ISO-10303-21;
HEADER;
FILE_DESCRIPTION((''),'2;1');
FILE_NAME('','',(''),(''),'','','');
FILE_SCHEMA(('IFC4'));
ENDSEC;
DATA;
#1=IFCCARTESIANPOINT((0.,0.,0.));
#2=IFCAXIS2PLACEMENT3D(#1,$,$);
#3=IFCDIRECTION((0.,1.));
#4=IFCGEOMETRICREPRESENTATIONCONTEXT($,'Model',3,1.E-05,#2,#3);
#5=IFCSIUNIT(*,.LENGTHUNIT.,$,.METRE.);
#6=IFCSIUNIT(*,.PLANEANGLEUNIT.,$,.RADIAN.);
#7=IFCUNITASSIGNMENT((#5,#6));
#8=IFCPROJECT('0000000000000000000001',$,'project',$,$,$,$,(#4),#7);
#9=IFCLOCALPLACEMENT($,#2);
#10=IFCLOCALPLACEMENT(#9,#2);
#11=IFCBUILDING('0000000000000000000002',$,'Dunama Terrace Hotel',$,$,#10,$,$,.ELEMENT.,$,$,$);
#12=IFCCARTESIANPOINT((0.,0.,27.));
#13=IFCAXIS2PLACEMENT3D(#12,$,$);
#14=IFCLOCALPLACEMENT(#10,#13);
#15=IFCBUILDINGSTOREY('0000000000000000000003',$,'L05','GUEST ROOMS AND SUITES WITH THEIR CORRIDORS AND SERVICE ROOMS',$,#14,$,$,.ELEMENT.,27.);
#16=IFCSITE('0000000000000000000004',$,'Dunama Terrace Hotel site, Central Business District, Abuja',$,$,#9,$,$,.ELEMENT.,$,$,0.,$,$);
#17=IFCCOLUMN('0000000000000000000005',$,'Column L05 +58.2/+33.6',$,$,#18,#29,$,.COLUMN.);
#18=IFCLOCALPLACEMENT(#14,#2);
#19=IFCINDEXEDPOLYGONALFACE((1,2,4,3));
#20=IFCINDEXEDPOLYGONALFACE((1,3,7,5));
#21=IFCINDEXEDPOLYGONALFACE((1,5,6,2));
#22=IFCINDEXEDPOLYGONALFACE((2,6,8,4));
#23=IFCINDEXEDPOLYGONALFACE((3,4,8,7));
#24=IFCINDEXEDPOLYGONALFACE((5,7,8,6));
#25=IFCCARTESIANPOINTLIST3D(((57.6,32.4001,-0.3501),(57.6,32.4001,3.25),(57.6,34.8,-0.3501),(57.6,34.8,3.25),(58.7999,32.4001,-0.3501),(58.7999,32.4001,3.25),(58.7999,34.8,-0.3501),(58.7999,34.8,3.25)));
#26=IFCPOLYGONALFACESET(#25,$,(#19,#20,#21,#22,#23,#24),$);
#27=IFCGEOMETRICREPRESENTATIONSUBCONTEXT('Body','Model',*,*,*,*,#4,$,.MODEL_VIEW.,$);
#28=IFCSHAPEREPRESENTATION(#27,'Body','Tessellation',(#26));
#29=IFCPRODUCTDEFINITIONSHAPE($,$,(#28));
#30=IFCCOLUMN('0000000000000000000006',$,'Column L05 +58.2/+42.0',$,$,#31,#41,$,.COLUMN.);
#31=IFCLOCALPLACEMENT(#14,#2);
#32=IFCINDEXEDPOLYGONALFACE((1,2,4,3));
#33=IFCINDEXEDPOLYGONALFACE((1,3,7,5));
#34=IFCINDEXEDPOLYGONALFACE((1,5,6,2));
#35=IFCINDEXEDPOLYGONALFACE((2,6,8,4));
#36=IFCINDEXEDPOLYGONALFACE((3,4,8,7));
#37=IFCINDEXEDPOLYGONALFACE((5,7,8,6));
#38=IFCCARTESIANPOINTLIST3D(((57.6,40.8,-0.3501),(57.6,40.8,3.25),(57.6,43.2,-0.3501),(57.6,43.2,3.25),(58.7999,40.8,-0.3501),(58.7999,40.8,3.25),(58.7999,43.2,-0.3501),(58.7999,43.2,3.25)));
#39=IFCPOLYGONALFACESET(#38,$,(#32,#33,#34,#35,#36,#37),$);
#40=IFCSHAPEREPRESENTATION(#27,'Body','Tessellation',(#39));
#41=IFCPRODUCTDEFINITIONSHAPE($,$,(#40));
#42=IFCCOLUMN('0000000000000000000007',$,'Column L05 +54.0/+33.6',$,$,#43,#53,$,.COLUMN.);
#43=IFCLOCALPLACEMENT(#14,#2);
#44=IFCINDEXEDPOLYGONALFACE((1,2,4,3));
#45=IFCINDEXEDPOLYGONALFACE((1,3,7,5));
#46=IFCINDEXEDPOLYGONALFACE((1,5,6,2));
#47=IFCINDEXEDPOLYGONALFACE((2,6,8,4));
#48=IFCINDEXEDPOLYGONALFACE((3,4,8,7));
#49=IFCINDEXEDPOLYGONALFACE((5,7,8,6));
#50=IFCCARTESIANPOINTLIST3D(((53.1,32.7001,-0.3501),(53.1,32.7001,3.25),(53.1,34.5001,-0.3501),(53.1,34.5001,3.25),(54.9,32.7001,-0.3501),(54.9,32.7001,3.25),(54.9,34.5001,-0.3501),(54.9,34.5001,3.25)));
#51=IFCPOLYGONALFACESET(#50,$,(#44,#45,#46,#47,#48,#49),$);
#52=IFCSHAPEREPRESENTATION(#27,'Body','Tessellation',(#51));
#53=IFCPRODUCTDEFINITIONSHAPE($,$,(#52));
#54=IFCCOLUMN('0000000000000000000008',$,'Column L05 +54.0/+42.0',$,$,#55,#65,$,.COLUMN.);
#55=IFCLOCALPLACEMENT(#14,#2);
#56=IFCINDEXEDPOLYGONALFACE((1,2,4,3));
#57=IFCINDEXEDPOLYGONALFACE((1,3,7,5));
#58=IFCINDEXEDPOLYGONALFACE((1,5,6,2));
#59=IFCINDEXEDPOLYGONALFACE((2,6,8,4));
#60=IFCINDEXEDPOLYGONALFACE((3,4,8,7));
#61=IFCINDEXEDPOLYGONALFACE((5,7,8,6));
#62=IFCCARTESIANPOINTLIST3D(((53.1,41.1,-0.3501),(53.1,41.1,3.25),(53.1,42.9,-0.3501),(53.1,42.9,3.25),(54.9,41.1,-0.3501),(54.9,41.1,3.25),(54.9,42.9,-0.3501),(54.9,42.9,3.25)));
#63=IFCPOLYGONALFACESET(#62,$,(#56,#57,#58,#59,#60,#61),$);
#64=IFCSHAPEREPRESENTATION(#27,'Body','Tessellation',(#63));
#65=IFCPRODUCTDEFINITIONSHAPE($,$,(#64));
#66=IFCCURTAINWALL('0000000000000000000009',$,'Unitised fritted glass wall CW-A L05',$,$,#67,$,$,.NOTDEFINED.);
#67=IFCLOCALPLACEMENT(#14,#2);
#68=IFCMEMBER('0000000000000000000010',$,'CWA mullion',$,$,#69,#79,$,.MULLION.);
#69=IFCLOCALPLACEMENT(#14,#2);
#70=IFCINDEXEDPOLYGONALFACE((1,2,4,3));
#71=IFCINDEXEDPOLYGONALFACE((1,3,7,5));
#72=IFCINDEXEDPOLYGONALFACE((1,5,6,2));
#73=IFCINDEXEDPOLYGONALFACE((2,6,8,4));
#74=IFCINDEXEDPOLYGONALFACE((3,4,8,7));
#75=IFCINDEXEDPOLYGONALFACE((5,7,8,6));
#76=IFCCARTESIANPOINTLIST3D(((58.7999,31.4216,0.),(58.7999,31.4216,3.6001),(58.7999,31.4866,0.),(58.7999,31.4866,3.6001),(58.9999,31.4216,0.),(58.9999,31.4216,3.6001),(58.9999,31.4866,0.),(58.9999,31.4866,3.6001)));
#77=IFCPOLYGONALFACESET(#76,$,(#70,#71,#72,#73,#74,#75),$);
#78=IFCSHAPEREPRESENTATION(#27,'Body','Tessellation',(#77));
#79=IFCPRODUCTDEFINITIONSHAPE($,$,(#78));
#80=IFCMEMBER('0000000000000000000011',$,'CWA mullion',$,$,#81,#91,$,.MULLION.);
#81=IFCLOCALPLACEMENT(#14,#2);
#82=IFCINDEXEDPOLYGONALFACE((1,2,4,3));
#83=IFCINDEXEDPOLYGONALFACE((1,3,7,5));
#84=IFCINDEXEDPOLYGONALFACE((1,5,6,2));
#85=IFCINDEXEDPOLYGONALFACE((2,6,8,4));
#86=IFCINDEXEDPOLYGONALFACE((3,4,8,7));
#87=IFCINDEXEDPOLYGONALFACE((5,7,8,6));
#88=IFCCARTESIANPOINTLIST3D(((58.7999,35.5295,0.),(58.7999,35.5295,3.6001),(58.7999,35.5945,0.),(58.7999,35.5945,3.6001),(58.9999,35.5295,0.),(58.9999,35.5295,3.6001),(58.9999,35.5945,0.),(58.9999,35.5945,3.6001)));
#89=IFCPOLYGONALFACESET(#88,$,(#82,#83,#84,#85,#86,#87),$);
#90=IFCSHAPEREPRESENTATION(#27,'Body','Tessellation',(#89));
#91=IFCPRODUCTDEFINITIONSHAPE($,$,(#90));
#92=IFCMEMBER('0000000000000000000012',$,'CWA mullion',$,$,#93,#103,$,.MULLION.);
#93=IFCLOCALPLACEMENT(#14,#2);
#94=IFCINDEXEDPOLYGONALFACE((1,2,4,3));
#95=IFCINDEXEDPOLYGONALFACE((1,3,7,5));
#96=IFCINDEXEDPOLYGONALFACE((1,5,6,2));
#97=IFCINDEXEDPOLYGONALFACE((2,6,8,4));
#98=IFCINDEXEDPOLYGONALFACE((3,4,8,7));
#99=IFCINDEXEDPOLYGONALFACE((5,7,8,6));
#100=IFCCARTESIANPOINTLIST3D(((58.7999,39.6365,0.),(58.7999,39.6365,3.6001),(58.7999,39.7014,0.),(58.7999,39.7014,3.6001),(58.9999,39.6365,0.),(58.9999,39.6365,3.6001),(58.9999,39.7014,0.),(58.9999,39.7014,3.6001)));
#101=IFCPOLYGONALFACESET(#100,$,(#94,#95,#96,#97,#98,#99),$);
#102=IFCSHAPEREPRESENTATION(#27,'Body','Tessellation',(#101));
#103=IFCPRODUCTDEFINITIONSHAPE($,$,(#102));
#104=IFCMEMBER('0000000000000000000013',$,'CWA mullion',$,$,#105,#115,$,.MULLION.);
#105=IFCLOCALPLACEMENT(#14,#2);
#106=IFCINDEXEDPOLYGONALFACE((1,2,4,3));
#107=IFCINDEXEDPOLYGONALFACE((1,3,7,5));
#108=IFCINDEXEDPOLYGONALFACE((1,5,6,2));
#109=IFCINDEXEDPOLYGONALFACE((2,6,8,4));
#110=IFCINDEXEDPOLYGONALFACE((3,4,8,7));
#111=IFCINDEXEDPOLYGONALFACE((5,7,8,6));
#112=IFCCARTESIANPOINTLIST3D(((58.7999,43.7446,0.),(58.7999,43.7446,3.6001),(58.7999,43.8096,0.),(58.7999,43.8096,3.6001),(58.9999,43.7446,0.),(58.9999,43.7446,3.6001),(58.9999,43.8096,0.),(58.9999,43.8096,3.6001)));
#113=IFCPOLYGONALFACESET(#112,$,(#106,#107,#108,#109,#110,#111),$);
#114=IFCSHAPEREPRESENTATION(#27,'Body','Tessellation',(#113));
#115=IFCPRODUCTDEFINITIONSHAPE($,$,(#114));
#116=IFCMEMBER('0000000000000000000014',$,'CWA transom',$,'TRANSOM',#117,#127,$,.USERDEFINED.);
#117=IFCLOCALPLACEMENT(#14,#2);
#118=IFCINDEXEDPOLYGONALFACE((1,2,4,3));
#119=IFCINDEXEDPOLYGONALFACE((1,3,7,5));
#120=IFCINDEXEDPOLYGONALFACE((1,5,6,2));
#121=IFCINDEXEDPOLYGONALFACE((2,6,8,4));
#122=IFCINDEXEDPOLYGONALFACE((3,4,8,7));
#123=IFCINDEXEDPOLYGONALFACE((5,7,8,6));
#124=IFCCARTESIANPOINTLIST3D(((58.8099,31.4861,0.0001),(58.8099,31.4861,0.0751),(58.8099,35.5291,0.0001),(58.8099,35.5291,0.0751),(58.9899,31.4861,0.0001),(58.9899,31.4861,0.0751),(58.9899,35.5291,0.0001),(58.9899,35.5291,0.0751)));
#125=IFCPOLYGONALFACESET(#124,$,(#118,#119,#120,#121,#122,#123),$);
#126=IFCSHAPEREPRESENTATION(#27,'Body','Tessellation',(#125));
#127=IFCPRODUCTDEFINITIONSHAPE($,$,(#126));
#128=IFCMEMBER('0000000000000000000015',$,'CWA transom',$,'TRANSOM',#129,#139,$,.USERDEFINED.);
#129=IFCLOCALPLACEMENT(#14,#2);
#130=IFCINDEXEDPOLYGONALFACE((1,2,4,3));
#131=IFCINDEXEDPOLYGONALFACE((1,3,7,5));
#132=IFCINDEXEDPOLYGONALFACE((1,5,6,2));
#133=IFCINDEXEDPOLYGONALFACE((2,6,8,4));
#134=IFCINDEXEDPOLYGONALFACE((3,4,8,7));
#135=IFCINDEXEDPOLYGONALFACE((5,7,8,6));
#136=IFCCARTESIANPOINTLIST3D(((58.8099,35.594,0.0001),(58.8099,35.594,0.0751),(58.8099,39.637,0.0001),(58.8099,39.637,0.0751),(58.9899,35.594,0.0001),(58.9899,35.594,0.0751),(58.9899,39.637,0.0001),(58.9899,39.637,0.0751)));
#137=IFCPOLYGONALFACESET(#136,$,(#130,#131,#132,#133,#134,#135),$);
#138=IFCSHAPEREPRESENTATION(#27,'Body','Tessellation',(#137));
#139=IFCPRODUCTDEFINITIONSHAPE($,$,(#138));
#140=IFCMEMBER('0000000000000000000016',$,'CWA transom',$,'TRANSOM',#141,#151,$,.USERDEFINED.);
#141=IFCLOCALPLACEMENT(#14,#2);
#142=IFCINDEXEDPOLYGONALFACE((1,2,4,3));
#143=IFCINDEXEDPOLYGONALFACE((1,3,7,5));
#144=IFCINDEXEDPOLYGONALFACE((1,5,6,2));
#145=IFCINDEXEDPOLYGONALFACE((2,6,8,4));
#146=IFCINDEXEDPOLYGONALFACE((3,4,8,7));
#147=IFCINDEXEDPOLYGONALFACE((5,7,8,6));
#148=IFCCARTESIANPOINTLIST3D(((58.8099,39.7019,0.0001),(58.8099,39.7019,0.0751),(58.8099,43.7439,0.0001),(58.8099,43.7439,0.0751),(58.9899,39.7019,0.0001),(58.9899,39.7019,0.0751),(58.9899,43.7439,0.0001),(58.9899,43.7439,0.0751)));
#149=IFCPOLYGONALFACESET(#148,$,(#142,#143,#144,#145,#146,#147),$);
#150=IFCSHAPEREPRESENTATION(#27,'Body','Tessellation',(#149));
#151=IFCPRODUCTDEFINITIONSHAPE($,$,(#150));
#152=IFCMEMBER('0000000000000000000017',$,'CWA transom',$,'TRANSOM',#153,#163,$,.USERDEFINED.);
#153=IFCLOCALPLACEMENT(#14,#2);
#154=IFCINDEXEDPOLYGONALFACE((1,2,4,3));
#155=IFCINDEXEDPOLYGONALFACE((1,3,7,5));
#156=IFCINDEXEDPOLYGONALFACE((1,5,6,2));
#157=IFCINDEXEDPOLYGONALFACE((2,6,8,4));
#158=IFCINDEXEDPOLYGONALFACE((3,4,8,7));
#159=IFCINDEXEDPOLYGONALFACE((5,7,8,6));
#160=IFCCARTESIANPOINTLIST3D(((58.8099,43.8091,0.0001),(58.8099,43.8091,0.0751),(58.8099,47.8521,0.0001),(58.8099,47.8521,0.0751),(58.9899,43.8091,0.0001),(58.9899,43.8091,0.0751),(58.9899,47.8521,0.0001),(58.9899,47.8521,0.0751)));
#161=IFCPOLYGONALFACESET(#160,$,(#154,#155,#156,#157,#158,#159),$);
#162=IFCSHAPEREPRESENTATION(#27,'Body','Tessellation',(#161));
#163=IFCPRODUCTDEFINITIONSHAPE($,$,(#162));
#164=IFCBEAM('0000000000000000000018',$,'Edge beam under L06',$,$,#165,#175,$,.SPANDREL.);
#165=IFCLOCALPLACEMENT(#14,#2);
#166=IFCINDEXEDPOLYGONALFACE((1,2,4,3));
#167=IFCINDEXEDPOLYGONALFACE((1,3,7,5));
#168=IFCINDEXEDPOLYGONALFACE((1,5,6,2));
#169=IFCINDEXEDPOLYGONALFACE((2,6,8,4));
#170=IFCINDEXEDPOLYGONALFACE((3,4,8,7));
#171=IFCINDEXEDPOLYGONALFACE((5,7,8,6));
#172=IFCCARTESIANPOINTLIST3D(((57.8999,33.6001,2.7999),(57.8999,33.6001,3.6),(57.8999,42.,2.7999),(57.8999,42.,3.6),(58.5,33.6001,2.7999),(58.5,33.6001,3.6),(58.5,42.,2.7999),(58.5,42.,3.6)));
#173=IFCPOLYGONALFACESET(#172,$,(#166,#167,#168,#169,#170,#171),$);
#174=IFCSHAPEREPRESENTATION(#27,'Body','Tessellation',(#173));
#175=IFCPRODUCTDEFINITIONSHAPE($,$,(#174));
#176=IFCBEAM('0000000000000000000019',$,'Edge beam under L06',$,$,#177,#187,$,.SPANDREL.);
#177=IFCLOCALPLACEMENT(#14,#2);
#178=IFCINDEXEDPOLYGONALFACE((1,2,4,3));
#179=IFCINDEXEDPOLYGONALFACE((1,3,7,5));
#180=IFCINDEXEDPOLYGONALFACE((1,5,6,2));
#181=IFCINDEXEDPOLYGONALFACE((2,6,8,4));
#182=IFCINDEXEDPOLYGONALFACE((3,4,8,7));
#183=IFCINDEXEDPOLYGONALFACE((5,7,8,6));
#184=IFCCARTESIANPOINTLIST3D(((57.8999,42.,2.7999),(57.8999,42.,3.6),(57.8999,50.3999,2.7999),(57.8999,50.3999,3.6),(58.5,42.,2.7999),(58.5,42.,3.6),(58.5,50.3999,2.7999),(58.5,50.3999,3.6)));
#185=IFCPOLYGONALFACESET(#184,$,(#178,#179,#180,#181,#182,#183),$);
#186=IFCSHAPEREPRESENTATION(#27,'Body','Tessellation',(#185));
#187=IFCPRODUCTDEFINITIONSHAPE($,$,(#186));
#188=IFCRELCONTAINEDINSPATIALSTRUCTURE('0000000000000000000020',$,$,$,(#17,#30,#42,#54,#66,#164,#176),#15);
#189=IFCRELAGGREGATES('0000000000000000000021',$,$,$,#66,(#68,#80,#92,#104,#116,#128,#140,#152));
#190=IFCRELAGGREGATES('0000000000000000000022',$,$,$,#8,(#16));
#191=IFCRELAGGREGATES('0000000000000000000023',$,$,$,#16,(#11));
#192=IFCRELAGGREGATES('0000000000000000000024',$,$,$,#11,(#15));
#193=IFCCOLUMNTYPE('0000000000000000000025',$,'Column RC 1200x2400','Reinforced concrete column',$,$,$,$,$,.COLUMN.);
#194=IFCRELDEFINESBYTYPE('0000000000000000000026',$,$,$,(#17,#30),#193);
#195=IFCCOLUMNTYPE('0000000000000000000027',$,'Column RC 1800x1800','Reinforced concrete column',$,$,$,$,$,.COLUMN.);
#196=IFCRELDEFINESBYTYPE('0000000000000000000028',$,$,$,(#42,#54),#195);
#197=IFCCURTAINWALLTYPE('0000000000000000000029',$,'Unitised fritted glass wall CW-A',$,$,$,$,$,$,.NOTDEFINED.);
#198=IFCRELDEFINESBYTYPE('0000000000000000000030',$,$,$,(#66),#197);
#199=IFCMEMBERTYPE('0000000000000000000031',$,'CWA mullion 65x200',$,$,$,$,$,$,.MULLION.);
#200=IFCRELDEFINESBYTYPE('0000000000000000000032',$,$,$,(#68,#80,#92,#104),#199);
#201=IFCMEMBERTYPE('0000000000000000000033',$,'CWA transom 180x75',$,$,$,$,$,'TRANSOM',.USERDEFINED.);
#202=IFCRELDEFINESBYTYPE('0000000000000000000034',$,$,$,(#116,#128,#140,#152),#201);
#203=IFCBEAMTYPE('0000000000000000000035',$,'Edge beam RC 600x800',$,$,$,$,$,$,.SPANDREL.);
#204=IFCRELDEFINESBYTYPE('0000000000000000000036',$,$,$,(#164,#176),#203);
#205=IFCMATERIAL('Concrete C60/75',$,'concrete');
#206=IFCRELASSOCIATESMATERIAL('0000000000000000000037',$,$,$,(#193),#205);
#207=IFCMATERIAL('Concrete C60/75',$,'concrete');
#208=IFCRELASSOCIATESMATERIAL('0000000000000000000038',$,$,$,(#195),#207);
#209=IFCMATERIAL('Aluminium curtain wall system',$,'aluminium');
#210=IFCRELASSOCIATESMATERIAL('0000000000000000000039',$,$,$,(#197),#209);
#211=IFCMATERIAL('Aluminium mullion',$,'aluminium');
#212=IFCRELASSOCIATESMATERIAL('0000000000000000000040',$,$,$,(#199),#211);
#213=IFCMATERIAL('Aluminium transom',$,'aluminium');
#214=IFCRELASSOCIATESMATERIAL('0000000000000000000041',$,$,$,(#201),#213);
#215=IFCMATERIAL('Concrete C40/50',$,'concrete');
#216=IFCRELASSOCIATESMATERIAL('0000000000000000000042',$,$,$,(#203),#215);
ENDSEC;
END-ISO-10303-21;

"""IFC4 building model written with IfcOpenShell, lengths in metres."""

from ifc_helpers import new_model, si_unit, direction, frame, origin, origin_2d, place, context, subcontext, project, spatial, rectangle, extrude, material, material_profile, profile_set, type_object, element, aggregate, save


model = new_model("IFC4")

# Units and contexts
model_context = context("Model", 3, precision=1e-05, world=origin(), true_north=direction((0.0, 1.0)))
body_context = subcontext(model_context, "Body", "Model", "MODEL_VIEW")
ifc_project = project(units=[si_unit("LENGTHUNIT", "METRE"), si_unit("PLANEANGLEUNIT", "RADIAN")], contexts=[model_context])

# Site, building, storey
site_placement = place(None, origin())
site = spatial("IfcSite", under=ifc_project, at=site_placement, Name="Dunama Terrace Hotel site, Central Business District, Abuja", CompositionType="ELEMENT", RefElevation=0.0)
building_placement = place(site_placement, origin())
building = spatial("IfcBuilding", under=site, at=building_placement, Name="Dunama Terrace Hotel", CompositionType="ELEMENT")
storey_placement = place(building_placement, frame((0.0, 0.0, 27.0)))
storey = spatial("IfcBuildingStorey", under=building, at=storey_placement, Name="L05", Description="GUEST ROOMS AND SUITES WITH THEIR CORRIDORS AND SERVICE ROOMS", CompositionType="ELEMENT", Elevation=27.0)

# Columns
ifc_material_1 = material(Name="Concrete C60/75", Category="concrete")
ifc_material_profile_1 = material_profile(ifc_material_1, rectangle(XDim=1.2, YDim=2.3999, at=origin_2d()), Name="RC 1200x2400")
ifc_profile_set_1 = profile_set([ifc_material_profile_1], Name="Concrete C60/75")
column_type_1 = type_object("IfcColumnType", Name="Column RC 1200x2400", Description="Reinforced concrete column", PredefinedType="COLUMN", material=ifc_profile_set_1)
for number, where, z_axis, x_axis, name in (
    (1, (58.2, 33.6001, -0.3501), (0.0, 0.0, 1.0), (1.0, 0.0, 0.0), "Column L05 +58.2/+33.6"),
    (2, (58.2, 42.0, -0.3501), (0.0, 0.0, 1.0), (1.0, 0.0, 0.0), "Column L05 +58.2/+42.0"),
):
    element("IfcColumn", number, at=place(storey_placement, frame(where, z_axis=z_axis, x_axis=x_axis)), inside=storey, type_object=column_type_1, Name=name, PredefinedType="COLUMN", context=body_context, shape_type="SweptSolid", body=[
        extrude(rectangle(XDim=1.2, YDim=2.3999, at=origin_2d()), origin(), (0.0, 0.0, 1.0), 3.6001),
    ])
ifc_material_2 = material(Name="Concrete C60/75", Category="concrete")
ifc_material_profile_2 = material_profile(ifc_material_2, rectangle(XDim=1.8, YDim=1.8, at=origin_2d()), Name="RC 1800x1800")
ifc_profile_set_2 = profile_set([ifc_material_profile_2], Name="Concrete C60/75")
column_type_2 = type_object("IfcColumnType", Name="Column RC 1800x1800", Description="Reinforced concrete column", PredefinedType="COLUMN", material=ifc_profile_set_2)
for number, where, z_axis, x_axis, name in (
    (3, (54.0, 33.6001, -0.3501), (0.0, 0.0, 1.0), (1.0, 0.0, 0.0), "Column L05 +54.0/+33.6"),
    (4, (54.0, 42.0, -0.3501), (0.0, 0.0, 1.0), (1.0, 0.0, 0.0), "Column L05 +54.0/+42.0"),
):
    element("IfcColumn", number, at=place(storey_placement, frame(where, z_axis=z_axis, x_axis=x_axis)), inside=storey, type_object=column_type_2, Name=name, PredefinedType="COLUMN", context=body_context, shape_type="SweptSolid", body=[
        extrude(rectangle(XDim=1.8, YDim=1.8, at=origin_2d()), origin(), (0.0, 0.0, 1.0), 3.6001),
    ])

# Curtain wall, members
ifc_material_3 = material(Name="Aluminium curtain wall system", Category="aluminium")
curtain_wall_type = type_object("IfcCurtainWallType", Name="Unitised fritted glass wall CW-A", PredefinedType="NOTDEFINED", material=ifc_material_3)
curtain_wall_placement = place(storey_placement, origin())
curtain_wall = element("IfcCurtainWall", 5, at=curtain_wall_placement, inside=storey, type_object=curtain_wall_type, Name="Unitised fritted glass wall CW-A L05", PredefinedType="NOTDEFINED")
ifc_material_4 = material(Name="Aluminium mullion", Category="aluminium")
ifc_material_profile_3 = material_profile(ifc_material_4, rectangle(XDim=0.0649, YDim=0.2, at=origin_2d()), Name="CWA MULLION 65X200")
ifc_profile_set_3 = profile_set([ifc_material_profile_3], Name="Aluminium mullion")
member_type_1 = type_object("IfcMemberType", Name="CWA mullion 65x200", PredefinedType="MULLION", material=ifc_profile_set_3)
member_1_placement = place(storey_placement, frame((58.8999, 31.4541, 0.0), z_axis=(0.0, 0.0, 1.0), x_axis=(0.0, 1.0, 0.0)))
member_1 = element("IfcMember", 6, at=member_1_placement, type_object=member_type_1, Name="CWA mullion", PredefinedType="MULLION", context=body_context, shape_type="SweptSolid", body=[
    extrude(rectangle(XDim=0.0649, YDim=0.2, at=origin_2d()), origin(), (0.0, 0.0, 1.0), 3.6001),
])
member_2_placement = place(storey_placement, frame((58.8999, 35.562, 0.0), z_axis=(0.0, 0.0, 1.0), x_axis=(0.0, 1.0, 0.0)))
member_2 = element("IfcMember", 7, at=member_2_placement, type_object=member_type_1, Name="CWA mullion", PredefinedType="MULLION", context=body_context, shape_type="SweptSolid", body=[
    extrude(rectangle(XDim=0.0649, YDim=0.2, at=origin_2d()), origin(), (0.0, 0.0, 1.0), 3.6001),
])
member_3_placement = place(storey_placement, frame((58.8999, 39.6689, 0.0), z_axis=(0.0, 0.0, 1.0), x_axis=(0.0, 1.0, 0.0)))
member_3 = element("IfcMember", 8, at=member_3_placement, type_object=member_type_1, Name="CWA mullion", PredefinedType="MULLION", context=body_context, shape_type="SweptSolid", body=[
    extrude(rectangle(XDim=0.0649, YDim=0.2, at=origin_2d()), origin(), (0.0, 0.0, 1.0), 3.6001),
])
member_4_placement = place(storey_placement, frame((58.8999, 43.7771, 0.0), z_axis=(0.0, 0.0, 1.0), x_axis=(0.0, 1.0, 0.0)))
member_4 = element("IfcMember", 9, at=member_4_placement, type_object=member_type_1, Name="CWA mullion", PredefinedType="MULLION", context=body_context, shape_type="SweptSolid", body=[
    extrude(rectangle(XDim=0.0649, YDim=0.2, at=origin_2d()), origin(), (0.0, 0.0, 1.0), 3.6001),
])
ifc_material_5 = material(Name="Aluminium transom", Category="aluminium")
ifc_material_profile_4 = material_profile(ifc_material_5, rectangle(XDim=0.1799, YDim=0.075, at=origin_2d()), Name="CWA TRANSOM 180X75")
ifc_profile_set_4 = profile_set([ifc_material_profile_4], Name="Aluminium transom")
member_type_2 = type_object("IfcMemberType", Name="CWA transom 180x75", ElementType="TRANSOM", PredefinedType="USERDEFINED", material=ifc_profile_set_4)
member_5_placement = place(storey_placement, frame((58.8999, 31.4861, 0.0376), z_axis=(0.0, 1.0, 0.0), x_axis=(-1.0, 0.0, 0.0)))
member_5 = element("IfcMember", 10, at=member_5_placement, type_object=member_type_2, Name="CWA transom", ObjectType="TRANSOM", PredefinedType="USERDEFINED", context=body_context, shape_type="SweptSolid", body=[
    extrude(rectangle(XDim=0.1799, YDim=0.075, at=origin_2d()), origin(), (0.0, 0.0, 1.0), 4.043),
])
member_6_placement = place(storey_placement, frame((58.8999, 35.594, 0.0376), z_axis=(0.0, 1.0, 0.0), x_axis=(-1.0, 0.0, 0.0)))
member_6 = element("IfcMember", 11, at=member_6_placement, type_object=member_type_2, Name="CWA transom", ObjectType="TRANSOM", PredefinedType="USERDEFINED", context=body_context, shape_type="SweptSolid", body=[
    extrude(rectangle(XDim=0.1799, YDim=0.075, at=origin_2d()), origin(), (0.0, 0.0, 1.0), 4.043),
])
member_7_placement = place(storey_placement, frame((58.8999, 39.7019, 0.0376), z_axis=(0.0, 1.0, 0.0), x_axis=(-1.0, 0.0, 0.0)))
member_7 = element("IfcMember", 12, at=member_7_placement, type_object=member_type_2, Name="CWA transom", ObjectType="TRANSOM", PredefinedType="USERDEFINED", context=body_context, shape_type="SweptSolid", body=[
    extrude(rectangle(XDim=0.1799, YDim=0.075, at=origin_2d()), origin(), (0.0, 0.0, 1.0), 4.042),
])
member_8_placement = place(storey_placement, frame((58.8999, 43.8091, 0.0376), z_axis=(0.0, 1.0, 0.0), x_axis=(-1.0, 0.0, 0.0)))
member_8 = element("IfcMember", 13, at=member_8_placement, type_object=member_type_2, Name="CWA transom", ObjectType="TRANSOM", PredefinedType="USERDEFINED", context=body_context, shape_type="SweptSolid", body=[
    extrude(rectangle(XDim=0.1799, YDim=0.075, at=origin_2d()), origin(), (0.0, 0.0, 1.0), 4.043),
])

# Beams
ifc_material_6 = material(Name="Concrete C40/50", Category="concrete")
ifc_material_profile_5 = material_profile(ifc_material_6, rectangle(XDim=0.6001, YDim=0.8, at=origin_2d()), Name="RC 600x800")
ifc_profile_set_5 = profile_set([ifc_material_profile_5], Name="Concrete C40/50")
beam_type = type_object("IfcBeamType", Name="Edge beam RC 600x800", PredefinedType="SPANDREL", material=ifc_profile_set_5)
for number, where, z_axis, x_axis, name in (
    (14, (58.2, 33.6001, 3.2), (0.0, 1.0, 0.0), (-1.0, 0.0, 0.0), "Edge beam under L06"),
    (15, (58.2, 42.0, 3.2), (0.0, 1.0, 0.0), (-1.0, 0.0, 0.0), "Edge beam under L06"),
):
    element("IfcBeam", number, at=place(storey_placement, frame(where, z_axis=z_axis, x_axis=x_axis)), inside=storey, type_object=beam_type, Name=name, PredefinedType="SPANDREL", context=body_context, shape_type="SweptSolid", body=[
        extrude(rectangle(XDim=0.6001, YDim=0.8, at=origin_2d()), origin(), (0.0, 0.0, 1.0), 8.3999),
    ])

aggregate(curtain_wall, [member_1, member_2, member_3, member_4, member_5, member_6, member_7, member_8])

save(model, "model.ifc")
